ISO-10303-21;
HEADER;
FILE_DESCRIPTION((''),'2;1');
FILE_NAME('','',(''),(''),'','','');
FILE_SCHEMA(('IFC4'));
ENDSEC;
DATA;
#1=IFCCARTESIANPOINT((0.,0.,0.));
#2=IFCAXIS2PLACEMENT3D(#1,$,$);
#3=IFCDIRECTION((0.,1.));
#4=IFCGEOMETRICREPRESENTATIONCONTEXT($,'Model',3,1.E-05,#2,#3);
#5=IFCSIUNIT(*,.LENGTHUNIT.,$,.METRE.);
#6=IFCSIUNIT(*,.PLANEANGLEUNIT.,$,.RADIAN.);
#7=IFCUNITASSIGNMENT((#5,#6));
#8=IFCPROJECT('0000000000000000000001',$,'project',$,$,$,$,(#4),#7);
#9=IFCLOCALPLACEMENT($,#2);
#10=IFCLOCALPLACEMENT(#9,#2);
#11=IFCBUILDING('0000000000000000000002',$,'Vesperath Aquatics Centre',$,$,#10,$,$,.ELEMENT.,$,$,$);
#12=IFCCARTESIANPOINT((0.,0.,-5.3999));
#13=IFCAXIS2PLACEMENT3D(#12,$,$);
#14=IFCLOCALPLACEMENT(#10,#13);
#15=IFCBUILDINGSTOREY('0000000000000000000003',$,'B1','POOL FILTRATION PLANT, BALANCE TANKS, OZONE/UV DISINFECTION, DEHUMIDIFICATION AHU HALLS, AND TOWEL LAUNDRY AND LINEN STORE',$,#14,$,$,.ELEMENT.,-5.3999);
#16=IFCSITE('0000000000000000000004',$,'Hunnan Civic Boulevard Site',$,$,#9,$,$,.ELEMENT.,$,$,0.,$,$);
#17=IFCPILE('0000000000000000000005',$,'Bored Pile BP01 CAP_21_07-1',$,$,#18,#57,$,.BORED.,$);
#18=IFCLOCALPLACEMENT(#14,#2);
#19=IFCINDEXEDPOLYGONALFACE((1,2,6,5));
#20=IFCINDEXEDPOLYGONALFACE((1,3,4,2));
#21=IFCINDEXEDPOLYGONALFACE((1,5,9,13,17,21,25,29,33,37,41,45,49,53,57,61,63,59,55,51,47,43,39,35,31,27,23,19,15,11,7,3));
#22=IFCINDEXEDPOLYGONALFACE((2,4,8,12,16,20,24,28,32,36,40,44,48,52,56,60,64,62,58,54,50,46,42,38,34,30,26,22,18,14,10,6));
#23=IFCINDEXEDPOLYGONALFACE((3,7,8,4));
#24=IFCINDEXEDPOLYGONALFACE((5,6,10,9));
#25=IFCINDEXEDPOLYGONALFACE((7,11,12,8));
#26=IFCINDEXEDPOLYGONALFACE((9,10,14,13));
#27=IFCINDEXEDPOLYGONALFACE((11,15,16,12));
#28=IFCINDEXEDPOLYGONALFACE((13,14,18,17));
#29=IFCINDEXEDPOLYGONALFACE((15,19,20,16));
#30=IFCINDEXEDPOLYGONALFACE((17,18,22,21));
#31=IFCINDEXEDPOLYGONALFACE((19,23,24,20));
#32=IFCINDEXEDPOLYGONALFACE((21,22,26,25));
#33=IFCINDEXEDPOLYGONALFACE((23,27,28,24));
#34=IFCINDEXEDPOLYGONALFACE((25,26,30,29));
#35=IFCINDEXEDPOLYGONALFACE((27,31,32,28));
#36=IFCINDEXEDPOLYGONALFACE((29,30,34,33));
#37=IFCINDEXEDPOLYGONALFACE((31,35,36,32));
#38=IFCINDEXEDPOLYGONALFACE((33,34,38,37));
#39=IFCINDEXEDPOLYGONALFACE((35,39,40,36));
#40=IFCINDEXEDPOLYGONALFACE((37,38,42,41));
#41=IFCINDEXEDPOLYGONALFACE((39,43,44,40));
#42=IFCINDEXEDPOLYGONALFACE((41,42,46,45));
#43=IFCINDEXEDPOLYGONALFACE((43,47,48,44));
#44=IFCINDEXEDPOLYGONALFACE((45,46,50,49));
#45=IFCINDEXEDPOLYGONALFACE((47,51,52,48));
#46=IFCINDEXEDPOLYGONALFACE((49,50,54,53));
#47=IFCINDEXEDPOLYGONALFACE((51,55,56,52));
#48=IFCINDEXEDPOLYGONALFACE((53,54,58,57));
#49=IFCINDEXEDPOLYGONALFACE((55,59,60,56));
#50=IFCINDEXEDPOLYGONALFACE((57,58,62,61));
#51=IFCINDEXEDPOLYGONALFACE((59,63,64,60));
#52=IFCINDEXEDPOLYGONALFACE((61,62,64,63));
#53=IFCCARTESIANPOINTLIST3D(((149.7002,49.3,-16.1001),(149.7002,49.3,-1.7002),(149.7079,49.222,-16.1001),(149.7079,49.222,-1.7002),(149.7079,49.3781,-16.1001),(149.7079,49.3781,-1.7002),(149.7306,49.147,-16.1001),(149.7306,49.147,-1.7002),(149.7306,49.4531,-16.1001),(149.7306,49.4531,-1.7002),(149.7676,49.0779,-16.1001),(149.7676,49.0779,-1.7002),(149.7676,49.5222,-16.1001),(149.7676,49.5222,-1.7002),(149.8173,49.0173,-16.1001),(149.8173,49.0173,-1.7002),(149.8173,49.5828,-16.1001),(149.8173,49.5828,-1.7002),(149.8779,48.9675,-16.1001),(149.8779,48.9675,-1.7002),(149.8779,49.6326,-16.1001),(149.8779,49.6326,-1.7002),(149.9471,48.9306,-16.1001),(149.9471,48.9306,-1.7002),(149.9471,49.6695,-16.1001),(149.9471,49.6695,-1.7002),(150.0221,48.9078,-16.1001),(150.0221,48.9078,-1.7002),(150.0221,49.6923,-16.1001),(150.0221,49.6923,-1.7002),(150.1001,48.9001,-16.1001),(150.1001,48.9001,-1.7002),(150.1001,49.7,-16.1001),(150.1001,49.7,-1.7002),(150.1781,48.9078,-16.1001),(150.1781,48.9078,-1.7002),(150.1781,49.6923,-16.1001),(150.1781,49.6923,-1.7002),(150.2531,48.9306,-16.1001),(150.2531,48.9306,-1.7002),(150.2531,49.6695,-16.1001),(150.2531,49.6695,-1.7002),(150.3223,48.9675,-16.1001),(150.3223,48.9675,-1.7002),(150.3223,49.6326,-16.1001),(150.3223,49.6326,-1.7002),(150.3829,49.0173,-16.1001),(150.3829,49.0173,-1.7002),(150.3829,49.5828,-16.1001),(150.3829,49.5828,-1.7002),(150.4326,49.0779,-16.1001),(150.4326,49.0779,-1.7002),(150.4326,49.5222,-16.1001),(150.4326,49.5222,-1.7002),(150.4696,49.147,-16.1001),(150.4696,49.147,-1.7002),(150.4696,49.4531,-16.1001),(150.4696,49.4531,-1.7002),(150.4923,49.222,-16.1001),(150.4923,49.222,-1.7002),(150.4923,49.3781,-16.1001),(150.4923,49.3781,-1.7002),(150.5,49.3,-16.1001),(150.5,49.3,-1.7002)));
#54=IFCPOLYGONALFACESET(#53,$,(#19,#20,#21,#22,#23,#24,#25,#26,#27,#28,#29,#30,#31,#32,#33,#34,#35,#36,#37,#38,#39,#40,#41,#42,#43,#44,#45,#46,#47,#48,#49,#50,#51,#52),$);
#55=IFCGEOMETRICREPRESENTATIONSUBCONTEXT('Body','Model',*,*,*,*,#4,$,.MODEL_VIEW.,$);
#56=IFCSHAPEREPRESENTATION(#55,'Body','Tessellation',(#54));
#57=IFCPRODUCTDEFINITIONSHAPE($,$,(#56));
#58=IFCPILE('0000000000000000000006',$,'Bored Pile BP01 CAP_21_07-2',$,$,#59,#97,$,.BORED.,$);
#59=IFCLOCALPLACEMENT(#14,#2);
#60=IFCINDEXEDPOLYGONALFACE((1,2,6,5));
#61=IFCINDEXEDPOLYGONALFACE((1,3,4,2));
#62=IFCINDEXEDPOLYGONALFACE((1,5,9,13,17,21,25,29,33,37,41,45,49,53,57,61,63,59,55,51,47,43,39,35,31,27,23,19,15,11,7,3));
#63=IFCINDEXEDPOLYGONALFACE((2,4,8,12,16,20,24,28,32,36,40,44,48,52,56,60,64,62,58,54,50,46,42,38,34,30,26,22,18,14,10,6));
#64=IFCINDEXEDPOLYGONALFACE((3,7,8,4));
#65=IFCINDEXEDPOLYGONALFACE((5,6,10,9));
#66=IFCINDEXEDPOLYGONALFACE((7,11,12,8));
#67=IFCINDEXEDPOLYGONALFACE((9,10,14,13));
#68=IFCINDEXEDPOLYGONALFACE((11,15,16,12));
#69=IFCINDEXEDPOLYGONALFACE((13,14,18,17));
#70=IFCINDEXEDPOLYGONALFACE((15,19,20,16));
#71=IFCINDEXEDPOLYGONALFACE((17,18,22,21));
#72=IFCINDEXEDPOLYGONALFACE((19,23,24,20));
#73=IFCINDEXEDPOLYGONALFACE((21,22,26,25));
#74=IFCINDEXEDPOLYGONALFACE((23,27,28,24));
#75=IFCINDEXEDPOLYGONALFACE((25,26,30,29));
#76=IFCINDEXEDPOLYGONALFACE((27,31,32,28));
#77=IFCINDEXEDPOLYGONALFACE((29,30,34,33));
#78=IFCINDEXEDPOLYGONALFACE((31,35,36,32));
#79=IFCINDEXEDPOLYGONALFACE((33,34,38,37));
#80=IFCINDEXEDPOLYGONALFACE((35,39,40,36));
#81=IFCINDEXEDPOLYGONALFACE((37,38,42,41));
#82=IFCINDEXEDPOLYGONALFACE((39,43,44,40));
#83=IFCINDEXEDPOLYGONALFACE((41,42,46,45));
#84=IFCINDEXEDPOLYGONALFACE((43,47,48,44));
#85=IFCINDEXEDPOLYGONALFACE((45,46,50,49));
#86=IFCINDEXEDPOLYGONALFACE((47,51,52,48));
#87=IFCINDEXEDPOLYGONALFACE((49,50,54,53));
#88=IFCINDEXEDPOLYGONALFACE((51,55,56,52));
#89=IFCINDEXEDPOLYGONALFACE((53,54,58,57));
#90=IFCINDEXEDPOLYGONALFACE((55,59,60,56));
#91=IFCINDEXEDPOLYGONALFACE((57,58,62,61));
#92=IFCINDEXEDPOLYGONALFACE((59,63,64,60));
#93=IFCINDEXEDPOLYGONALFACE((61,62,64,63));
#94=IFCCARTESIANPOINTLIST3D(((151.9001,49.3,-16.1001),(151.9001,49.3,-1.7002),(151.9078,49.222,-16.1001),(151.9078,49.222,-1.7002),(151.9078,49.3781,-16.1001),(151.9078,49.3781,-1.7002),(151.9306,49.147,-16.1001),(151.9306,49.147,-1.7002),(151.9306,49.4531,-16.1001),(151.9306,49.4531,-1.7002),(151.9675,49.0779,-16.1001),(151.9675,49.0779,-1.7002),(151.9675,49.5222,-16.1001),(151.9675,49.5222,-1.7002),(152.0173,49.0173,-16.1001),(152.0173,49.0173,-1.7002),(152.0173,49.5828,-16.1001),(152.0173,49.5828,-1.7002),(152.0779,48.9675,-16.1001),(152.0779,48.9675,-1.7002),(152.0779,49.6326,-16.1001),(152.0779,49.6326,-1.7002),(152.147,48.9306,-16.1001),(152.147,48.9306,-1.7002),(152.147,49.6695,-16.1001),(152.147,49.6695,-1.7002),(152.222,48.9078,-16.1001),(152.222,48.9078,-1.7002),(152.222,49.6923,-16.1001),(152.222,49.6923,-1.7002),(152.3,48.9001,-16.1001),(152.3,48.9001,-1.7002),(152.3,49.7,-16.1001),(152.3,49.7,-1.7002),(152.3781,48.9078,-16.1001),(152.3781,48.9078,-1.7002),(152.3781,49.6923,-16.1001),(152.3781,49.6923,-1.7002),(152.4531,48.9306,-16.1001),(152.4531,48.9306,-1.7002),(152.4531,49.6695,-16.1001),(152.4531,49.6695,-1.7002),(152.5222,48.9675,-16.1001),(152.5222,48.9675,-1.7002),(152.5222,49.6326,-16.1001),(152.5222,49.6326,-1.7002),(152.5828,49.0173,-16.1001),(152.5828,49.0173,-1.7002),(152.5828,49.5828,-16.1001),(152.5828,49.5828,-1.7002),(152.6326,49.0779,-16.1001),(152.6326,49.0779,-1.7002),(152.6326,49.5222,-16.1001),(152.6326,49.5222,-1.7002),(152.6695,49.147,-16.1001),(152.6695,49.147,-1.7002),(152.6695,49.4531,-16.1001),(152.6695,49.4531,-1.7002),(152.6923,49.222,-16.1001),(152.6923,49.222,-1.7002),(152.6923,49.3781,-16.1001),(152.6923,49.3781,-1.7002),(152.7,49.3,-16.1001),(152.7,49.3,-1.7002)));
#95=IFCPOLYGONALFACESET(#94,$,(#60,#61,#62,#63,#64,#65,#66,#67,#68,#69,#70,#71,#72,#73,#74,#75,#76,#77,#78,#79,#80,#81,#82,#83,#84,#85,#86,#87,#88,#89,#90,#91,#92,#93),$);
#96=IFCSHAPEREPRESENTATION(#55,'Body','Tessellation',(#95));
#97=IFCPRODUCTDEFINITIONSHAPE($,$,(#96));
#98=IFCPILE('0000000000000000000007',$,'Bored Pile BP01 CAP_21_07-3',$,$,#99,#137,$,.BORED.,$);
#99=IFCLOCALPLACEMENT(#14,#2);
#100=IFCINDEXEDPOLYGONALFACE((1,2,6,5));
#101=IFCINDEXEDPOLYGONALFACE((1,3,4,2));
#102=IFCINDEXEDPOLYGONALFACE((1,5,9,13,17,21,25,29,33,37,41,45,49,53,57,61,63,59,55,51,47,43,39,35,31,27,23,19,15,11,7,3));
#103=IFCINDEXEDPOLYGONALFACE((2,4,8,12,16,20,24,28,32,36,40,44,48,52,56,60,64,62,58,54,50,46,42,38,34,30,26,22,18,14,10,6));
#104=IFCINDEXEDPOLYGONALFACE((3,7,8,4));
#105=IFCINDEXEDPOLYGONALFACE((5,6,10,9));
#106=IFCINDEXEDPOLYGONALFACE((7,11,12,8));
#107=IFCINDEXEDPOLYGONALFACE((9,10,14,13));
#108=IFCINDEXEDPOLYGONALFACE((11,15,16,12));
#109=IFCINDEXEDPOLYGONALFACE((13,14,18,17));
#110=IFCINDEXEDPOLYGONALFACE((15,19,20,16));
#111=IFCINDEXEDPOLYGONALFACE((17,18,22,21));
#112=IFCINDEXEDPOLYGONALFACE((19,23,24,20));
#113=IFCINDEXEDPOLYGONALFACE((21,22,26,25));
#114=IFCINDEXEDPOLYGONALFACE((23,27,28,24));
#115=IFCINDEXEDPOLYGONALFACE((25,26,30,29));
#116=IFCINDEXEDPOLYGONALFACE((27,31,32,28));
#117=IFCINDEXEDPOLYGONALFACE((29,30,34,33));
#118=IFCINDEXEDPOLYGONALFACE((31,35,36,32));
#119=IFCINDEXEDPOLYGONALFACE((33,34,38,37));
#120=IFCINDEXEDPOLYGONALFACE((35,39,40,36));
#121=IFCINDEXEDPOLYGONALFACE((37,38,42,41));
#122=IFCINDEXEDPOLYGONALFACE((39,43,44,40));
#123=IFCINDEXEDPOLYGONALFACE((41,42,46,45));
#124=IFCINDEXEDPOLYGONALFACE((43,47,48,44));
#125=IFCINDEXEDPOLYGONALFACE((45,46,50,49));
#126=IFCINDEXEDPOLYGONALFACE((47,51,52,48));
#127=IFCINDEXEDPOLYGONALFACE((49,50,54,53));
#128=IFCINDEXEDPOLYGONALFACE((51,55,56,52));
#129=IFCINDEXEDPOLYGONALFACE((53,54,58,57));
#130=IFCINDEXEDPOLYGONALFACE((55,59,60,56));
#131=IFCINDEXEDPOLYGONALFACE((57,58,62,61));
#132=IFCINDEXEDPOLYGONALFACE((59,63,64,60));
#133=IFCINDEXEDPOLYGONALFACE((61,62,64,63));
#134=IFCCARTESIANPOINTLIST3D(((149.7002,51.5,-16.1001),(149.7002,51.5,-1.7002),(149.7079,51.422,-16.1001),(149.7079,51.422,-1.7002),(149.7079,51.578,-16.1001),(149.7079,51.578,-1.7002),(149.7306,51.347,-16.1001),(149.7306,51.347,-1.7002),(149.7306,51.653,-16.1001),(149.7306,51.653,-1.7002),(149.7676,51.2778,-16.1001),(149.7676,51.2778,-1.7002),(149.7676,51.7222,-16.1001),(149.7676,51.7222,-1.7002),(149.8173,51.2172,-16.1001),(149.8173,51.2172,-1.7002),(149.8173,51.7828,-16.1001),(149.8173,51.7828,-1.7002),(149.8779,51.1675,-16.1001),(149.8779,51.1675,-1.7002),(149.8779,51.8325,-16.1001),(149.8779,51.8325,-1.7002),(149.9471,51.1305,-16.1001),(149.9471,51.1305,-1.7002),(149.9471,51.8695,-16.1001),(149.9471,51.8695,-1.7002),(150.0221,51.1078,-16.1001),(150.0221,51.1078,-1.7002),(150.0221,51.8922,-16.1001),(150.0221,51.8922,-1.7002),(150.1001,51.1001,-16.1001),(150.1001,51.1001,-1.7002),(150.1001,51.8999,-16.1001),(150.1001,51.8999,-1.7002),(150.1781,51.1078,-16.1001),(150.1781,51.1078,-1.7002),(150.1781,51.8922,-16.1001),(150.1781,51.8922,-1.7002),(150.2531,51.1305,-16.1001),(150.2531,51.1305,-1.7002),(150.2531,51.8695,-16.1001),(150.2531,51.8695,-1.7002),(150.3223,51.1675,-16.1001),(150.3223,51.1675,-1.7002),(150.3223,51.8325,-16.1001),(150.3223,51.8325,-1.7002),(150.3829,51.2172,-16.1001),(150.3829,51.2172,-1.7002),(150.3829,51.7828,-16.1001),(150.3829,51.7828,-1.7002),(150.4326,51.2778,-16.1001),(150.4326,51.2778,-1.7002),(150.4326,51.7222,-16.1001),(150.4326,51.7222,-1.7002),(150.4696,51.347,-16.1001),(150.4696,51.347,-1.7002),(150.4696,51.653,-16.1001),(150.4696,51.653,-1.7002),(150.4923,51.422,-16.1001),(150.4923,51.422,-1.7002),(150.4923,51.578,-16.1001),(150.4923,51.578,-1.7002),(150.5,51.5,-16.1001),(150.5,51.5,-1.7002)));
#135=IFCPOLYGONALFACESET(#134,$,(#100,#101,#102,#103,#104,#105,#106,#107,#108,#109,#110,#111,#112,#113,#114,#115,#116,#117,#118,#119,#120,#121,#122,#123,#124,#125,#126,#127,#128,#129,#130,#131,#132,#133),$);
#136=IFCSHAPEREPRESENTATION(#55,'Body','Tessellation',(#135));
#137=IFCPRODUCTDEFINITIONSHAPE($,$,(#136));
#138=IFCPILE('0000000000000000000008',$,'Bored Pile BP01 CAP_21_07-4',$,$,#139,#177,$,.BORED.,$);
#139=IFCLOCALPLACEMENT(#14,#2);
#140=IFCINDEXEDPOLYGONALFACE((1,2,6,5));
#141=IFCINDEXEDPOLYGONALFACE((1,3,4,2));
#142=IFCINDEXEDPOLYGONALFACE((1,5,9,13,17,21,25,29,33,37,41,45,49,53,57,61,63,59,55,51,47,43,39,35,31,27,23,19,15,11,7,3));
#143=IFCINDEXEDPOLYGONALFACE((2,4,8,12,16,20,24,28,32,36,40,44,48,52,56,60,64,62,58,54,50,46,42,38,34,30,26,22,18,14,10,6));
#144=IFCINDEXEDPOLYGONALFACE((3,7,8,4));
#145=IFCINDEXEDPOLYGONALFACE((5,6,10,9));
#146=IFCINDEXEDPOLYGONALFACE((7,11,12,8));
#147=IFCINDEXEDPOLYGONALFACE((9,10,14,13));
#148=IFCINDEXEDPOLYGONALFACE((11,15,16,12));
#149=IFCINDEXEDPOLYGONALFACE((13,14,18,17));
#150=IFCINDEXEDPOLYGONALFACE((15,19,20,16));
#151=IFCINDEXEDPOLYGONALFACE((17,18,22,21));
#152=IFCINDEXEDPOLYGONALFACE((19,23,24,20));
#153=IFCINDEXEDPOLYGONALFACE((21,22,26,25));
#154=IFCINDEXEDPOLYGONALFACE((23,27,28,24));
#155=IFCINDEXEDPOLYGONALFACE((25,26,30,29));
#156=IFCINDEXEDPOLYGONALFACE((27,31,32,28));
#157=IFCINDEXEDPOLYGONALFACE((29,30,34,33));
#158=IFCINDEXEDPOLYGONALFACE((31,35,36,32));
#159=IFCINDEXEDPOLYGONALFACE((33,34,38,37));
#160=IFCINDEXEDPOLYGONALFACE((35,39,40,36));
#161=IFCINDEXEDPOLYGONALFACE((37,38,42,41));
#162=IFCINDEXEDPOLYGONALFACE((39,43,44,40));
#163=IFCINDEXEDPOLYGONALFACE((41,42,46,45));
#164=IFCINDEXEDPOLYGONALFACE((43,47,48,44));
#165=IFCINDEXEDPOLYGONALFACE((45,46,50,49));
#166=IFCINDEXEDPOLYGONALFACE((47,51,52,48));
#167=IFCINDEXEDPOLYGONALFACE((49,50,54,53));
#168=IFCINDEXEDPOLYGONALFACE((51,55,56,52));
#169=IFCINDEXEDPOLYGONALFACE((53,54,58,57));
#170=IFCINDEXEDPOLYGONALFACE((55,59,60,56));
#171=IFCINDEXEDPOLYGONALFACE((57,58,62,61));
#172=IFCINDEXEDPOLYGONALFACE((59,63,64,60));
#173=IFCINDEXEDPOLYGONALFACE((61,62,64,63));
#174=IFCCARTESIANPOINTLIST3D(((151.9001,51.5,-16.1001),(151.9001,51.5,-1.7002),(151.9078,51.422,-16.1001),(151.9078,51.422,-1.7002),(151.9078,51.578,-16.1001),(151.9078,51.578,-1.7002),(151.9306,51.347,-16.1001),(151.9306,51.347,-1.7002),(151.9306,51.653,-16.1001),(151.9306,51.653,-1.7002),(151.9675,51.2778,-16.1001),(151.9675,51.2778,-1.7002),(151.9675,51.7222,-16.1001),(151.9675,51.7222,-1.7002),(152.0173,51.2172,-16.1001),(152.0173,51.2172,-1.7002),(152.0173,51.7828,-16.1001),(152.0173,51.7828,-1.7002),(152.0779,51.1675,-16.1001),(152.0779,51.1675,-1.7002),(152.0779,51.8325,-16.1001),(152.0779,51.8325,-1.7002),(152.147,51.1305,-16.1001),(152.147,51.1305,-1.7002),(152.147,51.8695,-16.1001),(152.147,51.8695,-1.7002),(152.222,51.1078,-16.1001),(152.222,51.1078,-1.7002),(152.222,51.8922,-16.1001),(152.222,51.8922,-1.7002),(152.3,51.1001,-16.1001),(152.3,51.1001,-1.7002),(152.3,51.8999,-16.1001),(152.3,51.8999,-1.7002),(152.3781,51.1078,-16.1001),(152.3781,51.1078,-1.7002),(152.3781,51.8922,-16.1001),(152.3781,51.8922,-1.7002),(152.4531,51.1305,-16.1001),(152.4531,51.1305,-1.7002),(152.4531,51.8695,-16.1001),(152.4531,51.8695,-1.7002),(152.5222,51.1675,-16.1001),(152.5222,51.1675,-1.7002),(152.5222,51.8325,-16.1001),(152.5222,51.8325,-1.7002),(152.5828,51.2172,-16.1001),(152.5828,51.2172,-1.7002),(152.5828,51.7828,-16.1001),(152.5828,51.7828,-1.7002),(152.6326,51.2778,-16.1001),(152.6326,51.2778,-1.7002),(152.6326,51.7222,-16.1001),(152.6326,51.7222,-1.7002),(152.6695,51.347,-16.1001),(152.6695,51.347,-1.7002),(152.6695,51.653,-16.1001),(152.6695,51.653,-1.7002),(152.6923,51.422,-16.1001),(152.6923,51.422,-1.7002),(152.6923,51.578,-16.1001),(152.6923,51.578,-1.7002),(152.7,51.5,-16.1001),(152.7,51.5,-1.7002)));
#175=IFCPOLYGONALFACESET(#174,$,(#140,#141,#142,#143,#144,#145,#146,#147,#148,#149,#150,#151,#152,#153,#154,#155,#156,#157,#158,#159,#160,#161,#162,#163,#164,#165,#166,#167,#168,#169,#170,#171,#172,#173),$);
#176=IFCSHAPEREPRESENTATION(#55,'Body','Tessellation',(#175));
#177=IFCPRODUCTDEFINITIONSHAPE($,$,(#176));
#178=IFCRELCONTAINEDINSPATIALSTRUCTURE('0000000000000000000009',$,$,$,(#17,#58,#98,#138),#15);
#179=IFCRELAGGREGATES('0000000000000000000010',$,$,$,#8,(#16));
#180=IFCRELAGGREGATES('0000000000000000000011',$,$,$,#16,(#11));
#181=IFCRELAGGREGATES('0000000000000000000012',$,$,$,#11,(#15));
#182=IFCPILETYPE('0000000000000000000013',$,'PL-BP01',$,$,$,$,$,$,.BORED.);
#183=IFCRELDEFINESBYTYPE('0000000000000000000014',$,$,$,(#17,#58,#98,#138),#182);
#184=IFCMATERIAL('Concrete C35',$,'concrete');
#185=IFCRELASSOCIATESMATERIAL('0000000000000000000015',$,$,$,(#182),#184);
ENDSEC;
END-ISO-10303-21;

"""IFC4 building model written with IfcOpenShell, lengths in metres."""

from ifc_helpers import new_model, si_unit, direction, frame, origin, origin_2d, place, context, subcontext, project, spatial, circle, extrude, material, material_profile, profile_set, type_object, element, save


model = new_model("IFC4")

# Units and contexts
model_context = context("Model", 3, precision=1e-05, world=origin(), true_north=direction((0.0, 1.0)))
body_context = subcontext(model_context, "Body", "Model", "MODEL_VIEW")
ifc_project = project(units=[si_unit("LENGTHUNIT", "METRE"), si_unit("PLANEANGLEUNIT", "RADIAN")], contexts=[model_context])

# Site, building, storey
site_placement = place(None, origin())
site = spatial("IfcSite", under=ifc_project, at=site_placement, Name="Hunnan Civic Boulevard Site", CompositionType="ELEMENT", RefElevation=0.0)
building_placement = place(site_placement, origin())
building = spatial("IfcBuilding", under=site, at=building_placement, Name="Vesperath Aquatics Centre", CompositionType="ELEMENT")
storey_placement = place(building_placement, frame((0.0, 0.0, -5.3999)))
storey = spatial("IfcBuildingStorey", under=building, at=storey_placement, Name="B1", Description="POOL FILTRATION PLANT, BALANCE TANKS, OZONE/UV DISINFECTION, DEHUMIDIFICATION AHU HALLS, AND TOWEL LAUNDRY AND LINEN STORE", CompositionType="ELEMENT", Elevation=-5.3999)

# Piles
ifc_material_1 = material(Name="Concrete C35", Category="concrete")
ifc_material_profile_1 = material_profile(ifc_material_1, circle(Radius=0.3999, at=origin_2d()), Name="PILE D800")
ifc_profile_set_1 = profile_set([ifc_material_profile_1], Name="Concrete C35")
pile_type = type_object("IfcPileType", Name="PL-BP01", PredefinedType="BORED", material=ifc_profile_set_1)
for number, where, z_axis, x_axis, name in (
    (1, (150.1001, 49.3, -1.7002), (0.0, 0.0, -1.0), (1.0, 0.0, 0.0), "Bored Pile BP01 CAP_21_07-1"),
    (2, (152.3, 49.3, -1.7002), (0.0, 0.0, -1.0), (1.0, 0.0, 0.0), "Bored Pile BP01 CAP_21_07-2"),
    (3, (150.1001, 51.5, -1.7002), (0.0, 0.0, -1.0), (1.0, 0.0, 0.0), "Bored Pile BP01 CAP_21_07-3"),
    (4, (152.3, 51.5, -1.7002), (0.0, 0.0, -1.0), (1.0, 0.0, 0.0), "Bored Pile BP01 CAP_21_07-4"),
):
    element("IfcPile", number, at=place(storey_placement, frame(where, z_axis=z_axis, x_axis=x_axis)), inside=storey, type_object=pile_type, Name=name, PredefinedType="BORED", context=body_context, shape_type="SweptSolid", body=[
        extrude(circle(Radius=0.3999, at=origin_2d()), origin(), (0.0, 0.0, 1.0), 14.3999),
    ])

save(model, "model.ifc")
